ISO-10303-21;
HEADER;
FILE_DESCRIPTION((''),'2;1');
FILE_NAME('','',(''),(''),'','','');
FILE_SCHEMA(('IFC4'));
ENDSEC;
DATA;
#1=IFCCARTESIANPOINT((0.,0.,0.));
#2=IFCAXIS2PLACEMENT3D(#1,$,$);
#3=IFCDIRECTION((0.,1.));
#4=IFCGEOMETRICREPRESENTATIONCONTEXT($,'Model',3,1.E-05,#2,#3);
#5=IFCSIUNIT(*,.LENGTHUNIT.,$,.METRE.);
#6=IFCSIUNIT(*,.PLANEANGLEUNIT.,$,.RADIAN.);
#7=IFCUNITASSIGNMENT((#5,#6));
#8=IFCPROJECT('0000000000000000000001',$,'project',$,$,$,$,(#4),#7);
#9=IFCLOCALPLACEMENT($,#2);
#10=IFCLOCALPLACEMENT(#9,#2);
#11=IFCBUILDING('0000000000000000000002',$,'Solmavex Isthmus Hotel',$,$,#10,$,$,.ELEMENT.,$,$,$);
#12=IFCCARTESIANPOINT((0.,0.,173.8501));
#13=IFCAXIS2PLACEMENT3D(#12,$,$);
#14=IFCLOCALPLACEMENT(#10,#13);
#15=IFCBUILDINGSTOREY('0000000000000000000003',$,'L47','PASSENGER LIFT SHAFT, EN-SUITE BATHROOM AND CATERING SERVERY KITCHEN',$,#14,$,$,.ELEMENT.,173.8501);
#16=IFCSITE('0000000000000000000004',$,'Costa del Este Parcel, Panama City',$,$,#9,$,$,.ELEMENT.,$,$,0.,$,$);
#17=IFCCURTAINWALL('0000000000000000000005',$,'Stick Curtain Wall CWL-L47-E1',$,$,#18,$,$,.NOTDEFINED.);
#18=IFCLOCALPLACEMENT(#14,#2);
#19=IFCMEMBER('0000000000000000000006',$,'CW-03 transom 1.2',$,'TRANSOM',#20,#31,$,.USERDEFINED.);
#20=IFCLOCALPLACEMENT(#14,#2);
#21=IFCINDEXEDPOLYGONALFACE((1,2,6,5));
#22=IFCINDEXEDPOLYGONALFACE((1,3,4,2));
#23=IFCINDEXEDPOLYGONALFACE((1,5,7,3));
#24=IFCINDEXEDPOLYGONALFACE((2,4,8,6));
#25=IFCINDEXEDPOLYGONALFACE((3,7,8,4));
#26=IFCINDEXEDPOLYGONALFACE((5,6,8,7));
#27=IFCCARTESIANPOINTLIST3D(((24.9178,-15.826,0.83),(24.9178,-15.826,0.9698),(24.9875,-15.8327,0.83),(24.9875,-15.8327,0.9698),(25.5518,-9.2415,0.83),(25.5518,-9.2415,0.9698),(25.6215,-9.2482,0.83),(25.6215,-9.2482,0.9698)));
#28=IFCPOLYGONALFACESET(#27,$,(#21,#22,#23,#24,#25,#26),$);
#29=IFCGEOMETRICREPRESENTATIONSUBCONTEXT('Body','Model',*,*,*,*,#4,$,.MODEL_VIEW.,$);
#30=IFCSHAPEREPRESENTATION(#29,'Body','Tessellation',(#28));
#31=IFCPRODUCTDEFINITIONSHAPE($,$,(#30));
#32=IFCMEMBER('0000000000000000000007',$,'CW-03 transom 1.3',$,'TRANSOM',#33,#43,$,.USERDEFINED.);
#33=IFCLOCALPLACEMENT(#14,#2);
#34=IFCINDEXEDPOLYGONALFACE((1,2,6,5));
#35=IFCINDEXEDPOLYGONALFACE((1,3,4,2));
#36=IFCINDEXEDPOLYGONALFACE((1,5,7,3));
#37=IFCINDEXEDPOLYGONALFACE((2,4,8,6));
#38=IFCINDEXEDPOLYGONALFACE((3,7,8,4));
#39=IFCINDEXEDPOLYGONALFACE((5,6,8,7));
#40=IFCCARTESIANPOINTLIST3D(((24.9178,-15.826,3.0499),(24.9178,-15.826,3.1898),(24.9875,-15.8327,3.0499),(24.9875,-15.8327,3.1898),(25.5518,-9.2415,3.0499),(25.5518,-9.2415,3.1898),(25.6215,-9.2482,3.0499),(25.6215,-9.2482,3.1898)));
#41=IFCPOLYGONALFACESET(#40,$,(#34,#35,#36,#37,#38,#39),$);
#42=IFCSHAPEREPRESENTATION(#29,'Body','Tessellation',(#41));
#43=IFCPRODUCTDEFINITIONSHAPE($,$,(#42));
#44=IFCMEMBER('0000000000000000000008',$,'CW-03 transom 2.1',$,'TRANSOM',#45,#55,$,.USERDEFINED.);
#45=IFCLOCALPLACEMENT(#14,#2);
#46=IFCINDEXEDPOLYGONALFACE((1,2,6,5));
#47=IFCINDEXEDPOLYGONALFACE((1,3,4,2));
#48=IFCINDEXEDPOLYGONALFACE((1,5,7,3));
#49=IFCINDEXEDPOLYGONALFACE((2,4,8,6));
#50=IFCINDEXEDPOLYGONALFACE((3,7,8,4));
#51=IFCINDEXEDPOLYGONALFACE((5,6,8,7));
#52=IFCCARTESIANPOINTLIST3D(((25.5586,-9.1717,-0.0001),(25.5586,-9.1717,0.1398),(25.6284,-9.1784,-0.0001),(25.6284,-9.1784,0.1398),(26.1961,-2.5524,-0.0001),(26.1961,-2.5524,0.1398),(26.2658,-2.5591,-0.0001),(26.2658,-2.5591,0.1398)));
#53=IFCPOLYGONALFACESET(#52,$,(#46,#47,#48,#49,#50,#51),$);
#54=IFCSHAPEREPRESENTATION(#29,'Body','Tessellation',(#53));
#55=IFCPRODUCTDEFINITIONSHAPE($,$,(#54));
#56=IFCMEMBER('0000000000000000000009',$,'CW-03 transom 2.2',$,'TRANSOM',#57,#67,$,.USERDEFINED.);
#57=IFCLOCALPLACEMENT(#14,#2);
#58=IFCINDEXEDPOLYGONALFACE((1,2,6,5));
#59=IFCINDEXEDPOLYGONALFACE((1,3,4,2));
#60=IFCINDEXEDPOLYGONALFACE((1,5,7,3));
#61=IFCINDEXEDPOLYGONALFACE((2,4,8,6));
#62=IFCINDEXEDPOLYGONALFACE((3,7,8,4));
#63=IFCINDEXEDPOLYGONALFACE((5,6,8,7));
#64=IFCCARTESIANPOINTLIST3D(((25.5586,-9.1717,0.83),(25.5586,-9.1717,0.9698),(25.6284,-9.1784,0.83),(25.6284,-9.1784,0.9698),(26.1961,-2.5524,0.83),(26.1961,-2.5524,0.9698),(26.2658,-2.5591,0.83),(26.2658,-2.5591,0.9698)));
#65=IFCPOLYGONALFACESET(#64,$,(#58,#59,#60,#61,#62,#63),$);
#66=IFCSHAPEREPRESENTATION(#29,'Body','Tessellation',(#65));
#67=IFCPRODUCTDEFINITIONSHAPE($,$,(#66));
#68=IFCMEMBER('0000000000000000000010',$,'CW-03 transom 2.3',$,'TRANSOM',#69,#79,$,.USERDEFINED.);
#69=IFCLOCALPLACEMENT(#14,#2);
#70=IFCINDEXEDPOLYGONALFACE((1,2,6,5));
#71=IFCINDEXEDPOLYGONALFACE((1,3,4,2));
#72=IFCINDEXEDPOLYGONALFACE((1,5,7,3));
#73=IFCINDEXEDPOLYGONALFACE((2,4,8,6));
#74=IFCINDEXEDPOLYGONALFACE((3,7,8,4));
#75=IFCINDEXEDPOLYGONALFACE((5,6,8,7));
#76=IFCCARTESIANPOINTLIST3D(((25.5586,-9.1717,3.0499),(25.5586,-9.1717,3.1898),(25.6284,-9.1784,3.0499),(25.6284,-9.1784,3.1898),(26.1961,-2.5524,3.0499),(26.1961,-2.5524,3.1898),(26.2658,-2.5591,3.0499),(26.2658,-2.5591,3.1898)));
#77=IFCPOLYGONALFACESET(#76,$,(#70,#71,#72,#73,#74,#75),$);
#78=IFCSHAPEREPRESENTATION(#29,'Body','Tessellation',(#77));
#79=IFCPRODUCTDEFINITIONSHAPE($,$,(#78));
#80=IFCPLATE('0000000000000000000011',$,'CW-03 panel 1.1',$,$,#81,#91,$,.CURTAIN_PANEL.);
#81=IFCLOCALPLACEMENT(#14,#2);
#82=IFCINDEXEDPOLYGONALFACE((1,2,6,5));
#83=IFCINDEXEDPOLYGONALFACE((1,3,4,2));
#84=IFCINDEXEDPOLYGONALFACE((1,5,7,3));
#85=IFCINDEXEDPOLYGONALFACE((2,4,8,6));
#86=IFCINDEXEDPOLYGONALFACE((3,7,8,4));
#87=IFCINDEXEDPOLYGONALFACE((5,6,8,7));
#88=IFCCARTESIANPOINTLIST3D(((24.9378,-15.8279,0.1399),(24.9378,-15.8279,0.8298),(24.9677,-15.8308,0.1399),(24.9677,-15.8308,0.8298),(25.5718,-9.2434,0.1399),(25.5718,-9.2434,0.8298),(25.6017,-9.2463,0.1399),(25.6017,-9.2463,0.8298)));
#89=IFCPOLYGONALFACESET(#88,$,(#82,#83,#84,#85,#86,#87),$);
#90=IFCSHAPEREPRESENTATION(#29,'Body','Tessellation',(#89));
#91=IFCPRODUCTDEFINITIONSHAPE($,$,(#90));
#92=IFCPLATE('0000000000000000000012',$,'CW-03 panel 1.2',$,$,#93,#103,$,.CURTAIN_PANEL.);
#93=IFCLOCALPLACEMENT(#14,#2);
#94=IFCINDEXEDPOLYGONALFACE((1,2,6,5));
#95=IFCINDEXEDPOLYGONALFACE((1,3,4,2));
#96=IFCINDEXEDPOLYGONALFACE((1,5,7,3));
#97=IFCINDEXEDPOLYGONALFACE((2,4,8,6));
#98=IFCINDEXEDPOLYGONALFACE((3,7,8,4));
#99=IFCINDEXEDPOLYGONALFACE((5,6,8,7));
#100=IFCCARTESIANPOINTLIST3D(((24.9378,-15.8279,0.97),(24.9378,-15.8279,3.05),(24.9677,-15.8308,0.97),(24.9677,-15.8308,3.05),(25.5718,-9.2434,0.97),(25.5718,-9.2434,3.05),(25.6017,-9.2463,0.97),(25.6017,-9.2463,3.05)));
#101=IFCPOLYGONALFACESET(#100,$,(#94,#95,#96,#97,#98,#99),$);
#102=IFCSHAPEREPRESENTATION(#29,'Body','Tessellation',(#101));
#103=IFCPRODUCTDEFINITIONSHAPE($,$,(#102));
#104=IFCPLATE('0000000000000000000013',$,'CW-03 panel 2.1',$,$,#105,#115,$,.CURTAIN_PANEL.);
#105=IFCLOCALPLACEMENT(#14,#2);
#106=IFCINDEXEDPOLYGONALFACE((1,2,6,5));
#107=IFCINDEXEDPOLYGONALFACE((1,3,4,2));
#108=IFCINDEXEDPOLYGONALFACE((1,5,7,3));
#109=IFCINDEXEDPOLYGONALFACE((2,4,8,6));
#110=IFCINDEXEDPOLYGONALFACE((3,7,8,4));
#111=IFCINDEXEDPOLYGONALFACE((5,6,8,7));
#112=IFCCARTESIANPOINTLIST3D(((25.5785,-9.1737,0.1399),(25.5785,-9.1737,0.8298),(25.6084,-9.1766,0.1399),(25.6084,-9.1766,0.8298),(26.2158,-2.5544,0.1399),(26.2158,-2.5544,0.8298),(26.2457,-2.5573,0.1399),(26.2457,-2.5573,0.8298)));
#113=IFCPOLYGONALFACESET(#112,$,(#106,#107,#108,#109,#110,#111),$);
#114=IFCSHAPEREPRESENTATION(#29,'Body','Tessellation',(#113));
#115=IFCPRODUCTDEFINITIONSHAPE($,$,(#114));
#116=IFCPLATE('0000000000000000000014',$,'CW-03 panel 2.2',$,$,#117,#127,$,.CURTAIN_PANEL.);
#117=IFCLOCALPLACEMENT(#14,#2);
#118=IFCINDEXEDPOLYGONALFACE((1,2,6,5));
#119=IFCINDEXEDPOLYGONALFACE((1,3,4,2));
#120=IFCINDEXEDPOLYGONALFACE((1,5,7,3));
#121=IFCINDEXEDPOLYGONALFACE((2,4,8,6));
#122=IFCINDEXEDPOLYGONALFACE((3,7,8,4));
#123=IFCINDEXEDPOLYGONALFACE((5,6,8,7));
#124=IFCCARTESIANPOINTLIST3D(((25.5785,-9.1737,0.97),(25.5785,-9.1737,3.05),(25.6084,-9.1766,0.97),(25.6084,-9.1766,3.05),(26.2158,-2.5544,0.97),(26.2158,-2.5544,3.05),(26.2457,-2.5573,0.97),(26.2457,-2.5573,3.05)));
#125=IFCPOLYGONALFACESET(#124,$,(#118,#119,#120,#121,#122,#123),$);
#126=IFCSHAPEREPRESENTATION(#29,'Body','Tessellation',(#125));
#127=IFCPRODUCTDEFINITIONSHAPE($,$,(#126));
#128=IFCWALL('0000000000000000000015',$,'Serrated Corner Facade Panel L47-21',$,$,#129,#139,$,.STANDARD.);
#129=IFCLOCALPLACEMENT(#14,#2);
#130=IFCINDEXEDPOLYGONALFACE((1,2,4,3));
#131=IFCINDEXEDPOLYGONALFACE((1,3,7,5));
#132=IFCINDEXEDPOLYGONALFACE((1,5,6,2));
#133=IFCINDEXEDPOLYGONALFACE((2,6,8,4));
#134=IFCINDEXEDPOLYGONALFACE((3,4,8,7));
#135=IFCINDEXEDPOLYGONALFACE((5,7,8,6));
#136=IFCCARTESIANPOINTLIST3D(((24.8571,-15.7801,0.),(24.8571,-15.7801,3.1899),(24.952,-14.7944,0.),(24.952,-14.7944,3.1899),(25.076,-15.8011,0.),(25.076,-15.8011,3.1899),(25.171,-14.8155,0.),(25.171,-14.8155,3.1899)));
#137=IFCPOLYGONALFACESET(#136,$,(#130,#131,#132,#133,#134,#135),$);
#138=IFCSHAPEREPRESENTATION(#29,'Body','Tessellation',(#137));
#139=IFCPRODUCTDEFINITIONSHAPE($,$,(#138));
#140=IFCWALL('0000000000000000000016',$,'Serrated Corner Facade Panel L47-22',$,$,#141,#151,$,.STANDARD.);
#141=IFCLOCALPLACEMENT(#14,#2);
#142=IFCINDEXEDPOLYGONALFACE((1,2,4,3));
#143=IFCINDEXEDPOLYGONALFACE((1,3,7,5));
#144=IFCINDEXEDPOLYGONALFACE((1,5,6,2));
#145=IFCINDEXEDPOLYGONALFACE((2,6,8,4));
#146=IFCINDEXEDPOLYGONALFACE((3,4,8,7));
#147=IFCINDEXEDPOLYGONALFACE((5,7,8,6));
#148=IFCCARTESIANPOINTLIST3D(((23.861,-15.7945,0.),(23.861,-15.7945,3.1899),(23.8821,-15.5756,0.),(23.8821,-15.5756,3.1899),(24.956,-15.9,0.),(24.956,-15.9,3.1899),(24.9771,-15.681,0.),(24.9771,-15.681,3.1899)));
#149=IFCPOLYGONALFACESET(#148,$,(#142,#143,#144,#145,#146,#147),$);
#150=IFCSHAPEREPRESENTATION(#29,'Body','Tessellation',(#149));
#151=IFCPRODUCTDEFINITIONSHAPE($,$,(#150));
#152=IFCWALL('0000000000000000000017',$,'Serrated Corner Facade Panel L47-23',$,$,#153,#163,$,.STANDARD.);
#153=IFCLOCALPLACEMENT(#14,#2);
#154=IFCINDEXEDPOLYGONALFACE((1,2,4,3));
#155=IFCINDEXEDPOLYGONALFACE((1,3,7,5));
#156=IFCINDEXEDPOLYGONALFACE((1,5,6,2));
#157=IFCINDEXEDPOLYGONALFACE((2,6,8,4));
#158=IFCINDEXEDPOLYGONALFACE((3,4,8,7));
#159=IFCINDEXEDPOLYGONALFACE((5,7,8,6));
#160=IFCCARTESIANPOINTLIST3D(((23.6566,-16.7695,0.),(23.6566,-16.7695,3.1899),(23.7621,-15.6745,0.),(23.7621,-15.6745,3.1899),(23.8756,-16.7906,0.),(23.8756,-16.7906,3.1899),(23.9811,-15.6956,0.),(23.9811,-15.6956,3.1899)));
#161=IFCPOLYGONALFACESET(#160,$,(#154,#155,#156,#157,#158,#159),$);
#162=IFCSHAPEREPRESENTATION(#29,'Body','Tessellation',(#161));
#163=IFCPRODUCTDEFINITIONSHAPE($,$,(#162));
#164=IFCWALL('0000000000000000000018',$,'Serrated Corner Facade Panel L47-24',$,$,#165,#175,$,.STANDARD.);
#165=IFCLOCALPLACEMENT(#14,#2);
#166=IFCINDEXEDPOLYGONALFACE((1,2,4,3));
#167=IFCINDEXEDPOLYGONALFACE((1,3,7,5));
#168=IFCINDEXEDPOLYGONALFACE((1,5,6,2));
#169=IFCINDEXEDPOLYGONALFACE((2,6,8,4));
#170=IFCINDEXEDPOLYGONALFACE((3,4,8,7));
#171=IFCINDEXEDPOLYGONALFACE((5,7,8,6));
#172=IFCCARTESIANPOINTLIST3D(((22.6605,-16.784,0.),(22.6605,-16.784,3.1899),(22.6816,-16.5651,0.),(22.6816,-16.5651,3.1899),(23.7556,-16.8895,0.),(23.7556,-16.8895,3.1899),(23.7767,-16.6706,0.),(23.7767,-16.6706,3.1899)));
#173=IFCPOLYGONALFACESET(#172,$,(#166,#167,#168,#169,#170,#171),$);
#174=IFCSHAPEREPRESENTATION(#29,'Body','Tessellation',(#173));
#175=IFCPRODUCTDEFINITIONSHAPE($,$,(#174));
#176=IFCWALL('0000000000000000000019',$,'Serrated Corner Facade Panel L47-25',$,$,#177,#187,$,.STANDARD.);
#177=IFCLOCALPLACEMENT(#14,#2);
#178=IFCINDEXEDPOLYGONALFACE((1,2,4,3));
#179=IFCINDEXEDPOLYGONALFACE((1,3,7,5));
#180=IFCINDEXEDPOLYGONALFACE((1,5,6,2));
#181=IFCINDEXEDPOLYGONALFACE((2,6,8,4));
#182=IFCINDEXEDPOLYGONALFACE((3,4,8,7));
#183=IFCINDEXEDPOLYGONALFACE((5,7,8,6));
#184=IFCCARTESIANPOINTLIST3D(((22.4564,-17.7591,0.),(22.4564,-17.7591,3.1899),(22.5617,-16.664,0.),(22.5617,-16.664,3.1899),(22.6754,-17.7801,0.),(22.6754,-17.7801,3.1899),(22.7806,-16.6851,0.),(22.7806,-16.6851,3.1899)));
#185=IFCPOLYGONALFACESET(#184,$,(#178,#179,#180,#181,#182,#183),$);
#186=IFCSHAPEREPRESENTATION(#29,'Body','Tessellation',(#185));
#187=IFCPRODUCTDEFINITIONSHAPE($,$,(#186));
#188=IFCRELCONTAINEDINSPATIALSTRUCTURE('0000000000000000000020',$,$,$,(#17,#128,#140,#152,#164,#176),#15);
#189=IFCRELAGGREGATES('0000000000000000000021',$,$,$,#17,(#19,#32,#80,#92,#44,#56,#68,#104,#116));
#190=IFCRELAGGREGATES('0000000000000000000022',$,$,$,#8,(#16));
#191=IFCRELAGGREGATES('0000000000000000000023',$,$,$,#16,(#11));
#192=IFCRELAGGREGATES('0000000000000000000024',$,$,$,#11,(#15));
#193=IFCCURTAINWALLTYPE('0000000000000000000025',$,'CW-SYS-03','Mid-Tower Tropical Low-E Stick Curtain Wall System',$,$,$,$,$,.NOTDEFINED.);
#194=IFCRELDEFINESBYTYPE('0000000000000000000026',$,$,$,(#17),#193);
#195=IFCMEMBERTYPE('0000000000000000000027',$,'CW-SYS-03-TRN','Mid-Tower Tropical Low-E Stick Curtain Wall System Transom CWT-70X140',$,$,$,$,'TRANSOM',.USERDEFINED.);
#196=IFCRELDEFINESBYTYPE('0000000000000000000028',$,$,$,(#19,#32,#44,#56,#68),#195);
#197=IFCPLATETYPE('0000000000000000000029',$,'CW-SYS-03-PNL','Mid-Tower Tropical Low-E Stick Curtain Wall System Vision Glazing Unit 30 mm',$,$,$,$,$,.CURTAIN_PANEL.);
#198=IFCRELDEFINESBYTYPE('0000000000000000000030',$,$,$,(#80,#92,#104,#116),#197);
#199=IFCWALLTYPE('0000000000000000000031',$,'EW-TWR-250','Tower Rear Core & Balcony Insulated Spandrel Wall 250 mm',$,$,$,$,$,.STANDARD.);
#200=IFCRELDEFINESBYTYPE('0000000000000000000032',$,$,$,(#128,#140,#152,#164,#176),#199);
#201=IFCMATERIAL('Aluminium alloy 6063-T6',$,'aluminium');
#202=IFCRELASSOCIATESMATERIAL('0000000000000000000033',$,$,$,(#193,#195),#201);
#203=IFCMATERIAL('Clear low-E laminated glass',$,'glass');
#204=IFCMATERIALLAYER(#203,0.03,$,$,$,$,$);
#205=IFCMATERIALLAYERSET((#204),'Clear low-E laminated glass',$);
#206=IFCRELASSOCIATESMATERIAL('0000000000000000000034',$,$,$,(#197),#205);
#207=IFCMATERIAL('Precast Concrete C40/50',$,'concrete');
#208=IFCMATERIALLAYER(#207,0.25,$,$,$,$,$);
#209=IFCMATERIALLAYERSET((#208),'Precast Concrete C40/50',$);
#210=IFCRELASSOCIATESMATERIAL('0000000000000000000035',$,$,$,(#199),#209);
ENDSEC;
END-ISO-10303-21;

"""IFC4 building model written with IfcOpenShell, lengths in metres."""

from ifc_helpers import new_model, si_unit, direction, frame, frame_2d, origin, origin_2d, place, context, subcontext, project, spatial, rectangle, extrude, material, layer, layer_set, material_profile, profile_set, type_object, element, aggregate, save


model = new_model("IFC4")

# Units and contexts
model_context = context("Model", 3, precision=1e-05, world=origin(), true_north=direction((0.0, 1.0)))
body_context = subcontext(model_context, "Body", "Model", "MODEL_VIEW")
ifc_project = project(units=[si_unit("LENGTHUNIT", "METRE"), si_unit("PLANEANGLEUNIT", "RADIAN")], contexts=[model_context])

# Site, building, storey
site_placement = place(None, origin())
site = spatial("IfcSite", under=ifc_project, at=site_placement, Name="Costa del Este Parcel, Panama City", CompositionType="ELEMENT", RefElevation=0.0)
building_placement = place(site_placement, origin())
building = spatial("IfcBuilding", under=site, at=building_placement, Name="Solmavex Isthmus Hotel", CompositionType="ELEMENT")
storey_placement = place(building_placement, frame((0.0, 0.0, 173.8501)))
storey = spatial("IfcBuildingStorey", under=building, at=storey_placement, Name="L47", Description="PASSENGER LIFT SHAFT, EN-SUITE BATHROOM AND CATERING SERVERY KITCHEN", CompositionType="ELEMENT", Elevation=173.8501)

# Curtain wall, members, plates
ifc_material_1 = material(Name="Aluminium alloy 6063-T6", Category="aluminium")
curtain_wall_type = type_object("IfcCurtainWallType", Name="CW-SYS-03", Description="Mid-Tower Tropical Low-E Stick Curtain Wall System", PredefinedType="NOTDEFINED", material=ifc_material_1)
curtain_wall_placement = place(storey_placement, origin())
curtain_wall = element("IfcCurtainWall", 1, at=curtain_wall_placement, inside=storey, type_object=curtain_wall_type, Name="Stick Curtain Wall CWL-L47-E1", PredefinedType="NOTDEFINED")
ifc_material_profile_1 = material_profile(ifc_material_1, rectangle(XDim=0.0701, YDim=0.1399, at=origin_2d()), Name="CWT-70X140")
ifc_profile_set_1 = profile_set([ifc_material_profile_1], Name="Aluminium alloy 6063-T6")
member_type_1 = type_object("IfcMemberType", Name="CW-SYS-03-TRN", Description="Mid-Tower Tropical Low-E Stick Curtain Wall System Transom CWT-70X140", ElementType="TRANSOM", PredefinedType="USERDEFINED", material=ifc_profile_set_1)
member_1_placement = place(storey_placement, frame((24.9526, -15.8293, 0.8999), z_axis=(0.095849, 0.995396, 0.0), x_axis=(-0.995396, 0.095849, 0.0)))
member_1 = element("IfcMember", 2, at=member_1_placement, type_object=member_type_1, Name="CW-03 transom 1.2", ObjectType="TRANSOM", PredefinedType="USERDEFINED", context=body_context, shape_type="SweptSolid", body=[
    extrude(rectangle(XDim=0.0701, YDim=0.1399, at=origin_2d()), origin(), (0.0, 0.0, 1.0), 6.615),
])
member_2_placement = place(storey_placement, frame((24.9526, -15.8293, 3.1199), z_axis=(0.095849, 0.995396, 0.0), x_axis=(-0.995396, 0.095849, 0.0)))
member_2 = element("IfcMember", 3, at=member_2_placement, type_object=member_type_1, Name="CW-03 transom 1.3", ObjectType="TRANSOM", PredefinedType="USERDEFINED", context=body_context, shape_type="SweptSolid", body=[
    extrude(rectangle(XDim=0.0701, YDim=0.1399, at=origin_2d()), origin(), (0.0, 0.0, 1.0), 6.615),
])
member_3_placement = place(storey_placement, frame((25.5935, -9.175, 0.0698), z_axis=(0.095857, 0.995395, 0.0), x_axis=(-0.995395, 0.095857, 0.0)))
member_3 = element("IfcMember", 4, at=member_3_placement, type_object=member_type_1, Name="CW-03 transom 2.1", ObjectType="TRANSOM", PredefinedType="USERDEFINED", context=body_context, shape_type="SweptSolid", body=[
    extrude(rectangle(XDim=0.0701, YDim=0.1399, at=origin_2d()), origin(), (0.0, 0.0, 1.0), 6.6499),
])
member_4_placement = place(storey_placement, frame((25.5935, -9.175, 0.8999), z_axis=(0.095857, 0.995395, 0.0), x_axis=(-0.995395, 0.095857, 0.0)))
member_4 = element("IfcMember", 5, at=member_4_placement, type_object=member_type_1, Name="CW-03 transom 2.2", ObjectType="TRANSOM", PredefinedType="USERDEFINED", context=body_context, shape_type="SweptSolid", body=[
    extrude(rectangle(XDim=0.0701, YDim=0.1399, at=origin_2d()), origin(), (0.0, 0.0, 1.0), 6.6499),
])
member_5_placement = place(storey_placement, frame((25.5935, -9.175, 3.1199), z_axis=(0.095857, 0.995395, 0.0), x_axis=(-0.995395, 0.095857, 0.0)))
member_5 = element("IfcMember", 6, at=member_5_placement, type_object=member_type_1, Name="CW-03 transom 2.3", ObjectType="TRANSOM", PredefinedType="USERDEFINED", context=body_context, shape_type="SweptSolid", body=[
    extrude(rectangle(XDim=0.0701, YDim=0.1399, at=origin_2d()), origin(), (0.0, 0.0, 1.0), 6.6499),
])
ifc_material_2 = material(Name="Clear low-E laminated glass", Category="glass")
ifc_layer_1 = layer(ifc_material_2, 0.03)
ifc_layer_set_1 = layer_set([ifc_layer_1], Name="Clear low-E laminated glass")
plate_type = type_object("IfcPlateType", Name="CW-SYS-03-PNL", Description="Mid-Tower Tropical Low-E Stick Curtain Wall System Vision Glazing Unit 30 mm", PredefinedType="CURTAIN_PANEL", material=ifc_layer_set_1)
plate_1_placement = place(storey_placement, frame((25.2698, -12.5371, 0.1399), z_axis=(0.0, 0.0, 1.0), x_axis=(0.095846, 0.995396, 0.0)))
plate_1 = element("IfcPlate", 7, at=plate_1_placement, type_object=plate_type, Name="CW-03 panel 1.1", PredefinedType="CURTAIN_PANEL", context=body_context, shape_type="SweptSolid", body=[
    extrude(rectangle(XDim=6.615, YDim=0.03, at=origin_2d()), origin(), (0.0, 0.0, 1.0), 0.6899),
])
plate_2_placement = place(storey_placement, frame((25.2698, -12.5371, 0.97), z_axis=(0.0, 0.0, 1.0), x_axis=(0.095846, 0.995396, 0.0)))
plate_2 = element("IfcPlate", 8, at=plate_2_placement, type_object=plate_type, Name="CW-03 panel 1.2", PredefinedType="CURTAIN_PANEL", context=body_context, shape_type="SweptSolid", body=[
    extrude(rectangle(XDim=6.615, YDim=0.03, at=origin_2d()), origin(), (0.0, 0.0, 1.0), 2.0801),
])
plate_3_placement = place(storey_placement, frame((25.9121, -5.8655, 0.1399), z_axis=(0.0, 0.0, 1.0), x_axis=(0.095846, 0.995396, 0.0)))
plate_3 = element("IfcPlate", 9, at=plate_3_placement, type_object=plate_type, Name="CW-03 panel 2.1", PredefinedType="CURTAIN_PANEL", context=body_context, shape_type="SweptSolid", body=[
    extrude(rectangle(XDim=6.6499, YDim=0.03, at=origin_2d()), origin(), (0.0, 0.0, 1.0), 0.6899),
])
plate_4_placement = place(storey_placement, frame((25.9121, -5.8655, 0.97), z_axis=(0.0, 0.0, 1.0), x_axis=(0.095846, 0.995396, 0.0)))
plate_4 = element("IfcPlate", 10, at=plate_4_placement, type_object=plate_type, Name="CW-03 panel 2.2", PredefinedType="CURTAIN_PANEL", context=body_context, shape_type="SweptSolid", body=[
    extrude(rectangle(XDim=6.6499, YDim=0.03, at=origin_2d()), origin(), (0.0, 0.0, 1.0), 2.0801),
])
aggregate(curtain_wall, [member_1, member_2, plate_1, plate_2, member_3, member_4, member_5, plate_3, plate_4])

# Walls
ifc_material_3 = material(Name="Precast Concrete C40/50", Category="concrete")
ifc_layer_2 = layer(ifc_material_3, 0.25)
ifc_layer_set_2 = layer_set([ifc_layer_2], Name="Precast Concrete C40/50")
wall_type_1 = type_object("IfcWallType", Name="EW-TWR-250", Description="Tower Rear Core & Balcony Insulated Spandrel Wall 250 mm", PredefinedType="STANDARD", material=ifc_layer_set_2)
wall_1_placement = place(storey_placement, frame((25.0615, -14.8049, 0.0), z_axis=(0.0, 0.0, 1.0), x_axis=(-0.095914, -0.99539, 0.0)))
element("IfcWall", 11, at=wall_1_placement, inside=storey, type_object=wall_type_1, Name="Serrated Corner Facade Panel L47-21", PredefinedType="STANDARD", context=body_context, shape_type="SweptSolid", body=[
    extrude(rectangle(XDim=0.9902, YDim=0.22, at=frame_2d((0.4951, 0.0))), origin(), (0.0, 0.0, 1.0), 3.1899),
])
for number, where, z_axis, x_axis, name in (
    (12, (24.9666, -15.7905, 0.0), (0.0, 0.0, 1.0), (-0.995393, 0.095877, 0.0), "Serrated Corner Facade Panel L47-22"),
    (13, (23.8716, -15.6851, 0.0), (0.0, 0.0, 1.0), (-0.095877, -0.995393, 0.0), "Serrated Corner Facade Panel L47-23"),
    (14, (23.7661, -16.78, 0.0), (0.0, 0.0, 1.0), (-0.995393, 0.095877, 0.0), "Serrated Corner Facade Panel L47-24"),
    (15, (22.6711, -16.6746, 0.0), (0.0, 0.0, 1.0), (-0.095657, -0.995414, 0.0), "Serrated Corner Facade Panel L47-25"),
):
    element("IfcWall", number, at=place(storey_placement, frame(where, z_axis=z_axis, x_axis=x_axis)), inside=storey, type_object=wall_type_1, Name=name, PredefinedType="STANDARD", context=body_context, shape_type="SweptSolid", body=[
        extrude(rectangle(XDim=1.1001, YDim=0.22, at=frame_2d((0.55, 0.0))), origin(), (0.0, 0.0, 1.0), 3.1899),
    ])

save(model, "model.ifc")
